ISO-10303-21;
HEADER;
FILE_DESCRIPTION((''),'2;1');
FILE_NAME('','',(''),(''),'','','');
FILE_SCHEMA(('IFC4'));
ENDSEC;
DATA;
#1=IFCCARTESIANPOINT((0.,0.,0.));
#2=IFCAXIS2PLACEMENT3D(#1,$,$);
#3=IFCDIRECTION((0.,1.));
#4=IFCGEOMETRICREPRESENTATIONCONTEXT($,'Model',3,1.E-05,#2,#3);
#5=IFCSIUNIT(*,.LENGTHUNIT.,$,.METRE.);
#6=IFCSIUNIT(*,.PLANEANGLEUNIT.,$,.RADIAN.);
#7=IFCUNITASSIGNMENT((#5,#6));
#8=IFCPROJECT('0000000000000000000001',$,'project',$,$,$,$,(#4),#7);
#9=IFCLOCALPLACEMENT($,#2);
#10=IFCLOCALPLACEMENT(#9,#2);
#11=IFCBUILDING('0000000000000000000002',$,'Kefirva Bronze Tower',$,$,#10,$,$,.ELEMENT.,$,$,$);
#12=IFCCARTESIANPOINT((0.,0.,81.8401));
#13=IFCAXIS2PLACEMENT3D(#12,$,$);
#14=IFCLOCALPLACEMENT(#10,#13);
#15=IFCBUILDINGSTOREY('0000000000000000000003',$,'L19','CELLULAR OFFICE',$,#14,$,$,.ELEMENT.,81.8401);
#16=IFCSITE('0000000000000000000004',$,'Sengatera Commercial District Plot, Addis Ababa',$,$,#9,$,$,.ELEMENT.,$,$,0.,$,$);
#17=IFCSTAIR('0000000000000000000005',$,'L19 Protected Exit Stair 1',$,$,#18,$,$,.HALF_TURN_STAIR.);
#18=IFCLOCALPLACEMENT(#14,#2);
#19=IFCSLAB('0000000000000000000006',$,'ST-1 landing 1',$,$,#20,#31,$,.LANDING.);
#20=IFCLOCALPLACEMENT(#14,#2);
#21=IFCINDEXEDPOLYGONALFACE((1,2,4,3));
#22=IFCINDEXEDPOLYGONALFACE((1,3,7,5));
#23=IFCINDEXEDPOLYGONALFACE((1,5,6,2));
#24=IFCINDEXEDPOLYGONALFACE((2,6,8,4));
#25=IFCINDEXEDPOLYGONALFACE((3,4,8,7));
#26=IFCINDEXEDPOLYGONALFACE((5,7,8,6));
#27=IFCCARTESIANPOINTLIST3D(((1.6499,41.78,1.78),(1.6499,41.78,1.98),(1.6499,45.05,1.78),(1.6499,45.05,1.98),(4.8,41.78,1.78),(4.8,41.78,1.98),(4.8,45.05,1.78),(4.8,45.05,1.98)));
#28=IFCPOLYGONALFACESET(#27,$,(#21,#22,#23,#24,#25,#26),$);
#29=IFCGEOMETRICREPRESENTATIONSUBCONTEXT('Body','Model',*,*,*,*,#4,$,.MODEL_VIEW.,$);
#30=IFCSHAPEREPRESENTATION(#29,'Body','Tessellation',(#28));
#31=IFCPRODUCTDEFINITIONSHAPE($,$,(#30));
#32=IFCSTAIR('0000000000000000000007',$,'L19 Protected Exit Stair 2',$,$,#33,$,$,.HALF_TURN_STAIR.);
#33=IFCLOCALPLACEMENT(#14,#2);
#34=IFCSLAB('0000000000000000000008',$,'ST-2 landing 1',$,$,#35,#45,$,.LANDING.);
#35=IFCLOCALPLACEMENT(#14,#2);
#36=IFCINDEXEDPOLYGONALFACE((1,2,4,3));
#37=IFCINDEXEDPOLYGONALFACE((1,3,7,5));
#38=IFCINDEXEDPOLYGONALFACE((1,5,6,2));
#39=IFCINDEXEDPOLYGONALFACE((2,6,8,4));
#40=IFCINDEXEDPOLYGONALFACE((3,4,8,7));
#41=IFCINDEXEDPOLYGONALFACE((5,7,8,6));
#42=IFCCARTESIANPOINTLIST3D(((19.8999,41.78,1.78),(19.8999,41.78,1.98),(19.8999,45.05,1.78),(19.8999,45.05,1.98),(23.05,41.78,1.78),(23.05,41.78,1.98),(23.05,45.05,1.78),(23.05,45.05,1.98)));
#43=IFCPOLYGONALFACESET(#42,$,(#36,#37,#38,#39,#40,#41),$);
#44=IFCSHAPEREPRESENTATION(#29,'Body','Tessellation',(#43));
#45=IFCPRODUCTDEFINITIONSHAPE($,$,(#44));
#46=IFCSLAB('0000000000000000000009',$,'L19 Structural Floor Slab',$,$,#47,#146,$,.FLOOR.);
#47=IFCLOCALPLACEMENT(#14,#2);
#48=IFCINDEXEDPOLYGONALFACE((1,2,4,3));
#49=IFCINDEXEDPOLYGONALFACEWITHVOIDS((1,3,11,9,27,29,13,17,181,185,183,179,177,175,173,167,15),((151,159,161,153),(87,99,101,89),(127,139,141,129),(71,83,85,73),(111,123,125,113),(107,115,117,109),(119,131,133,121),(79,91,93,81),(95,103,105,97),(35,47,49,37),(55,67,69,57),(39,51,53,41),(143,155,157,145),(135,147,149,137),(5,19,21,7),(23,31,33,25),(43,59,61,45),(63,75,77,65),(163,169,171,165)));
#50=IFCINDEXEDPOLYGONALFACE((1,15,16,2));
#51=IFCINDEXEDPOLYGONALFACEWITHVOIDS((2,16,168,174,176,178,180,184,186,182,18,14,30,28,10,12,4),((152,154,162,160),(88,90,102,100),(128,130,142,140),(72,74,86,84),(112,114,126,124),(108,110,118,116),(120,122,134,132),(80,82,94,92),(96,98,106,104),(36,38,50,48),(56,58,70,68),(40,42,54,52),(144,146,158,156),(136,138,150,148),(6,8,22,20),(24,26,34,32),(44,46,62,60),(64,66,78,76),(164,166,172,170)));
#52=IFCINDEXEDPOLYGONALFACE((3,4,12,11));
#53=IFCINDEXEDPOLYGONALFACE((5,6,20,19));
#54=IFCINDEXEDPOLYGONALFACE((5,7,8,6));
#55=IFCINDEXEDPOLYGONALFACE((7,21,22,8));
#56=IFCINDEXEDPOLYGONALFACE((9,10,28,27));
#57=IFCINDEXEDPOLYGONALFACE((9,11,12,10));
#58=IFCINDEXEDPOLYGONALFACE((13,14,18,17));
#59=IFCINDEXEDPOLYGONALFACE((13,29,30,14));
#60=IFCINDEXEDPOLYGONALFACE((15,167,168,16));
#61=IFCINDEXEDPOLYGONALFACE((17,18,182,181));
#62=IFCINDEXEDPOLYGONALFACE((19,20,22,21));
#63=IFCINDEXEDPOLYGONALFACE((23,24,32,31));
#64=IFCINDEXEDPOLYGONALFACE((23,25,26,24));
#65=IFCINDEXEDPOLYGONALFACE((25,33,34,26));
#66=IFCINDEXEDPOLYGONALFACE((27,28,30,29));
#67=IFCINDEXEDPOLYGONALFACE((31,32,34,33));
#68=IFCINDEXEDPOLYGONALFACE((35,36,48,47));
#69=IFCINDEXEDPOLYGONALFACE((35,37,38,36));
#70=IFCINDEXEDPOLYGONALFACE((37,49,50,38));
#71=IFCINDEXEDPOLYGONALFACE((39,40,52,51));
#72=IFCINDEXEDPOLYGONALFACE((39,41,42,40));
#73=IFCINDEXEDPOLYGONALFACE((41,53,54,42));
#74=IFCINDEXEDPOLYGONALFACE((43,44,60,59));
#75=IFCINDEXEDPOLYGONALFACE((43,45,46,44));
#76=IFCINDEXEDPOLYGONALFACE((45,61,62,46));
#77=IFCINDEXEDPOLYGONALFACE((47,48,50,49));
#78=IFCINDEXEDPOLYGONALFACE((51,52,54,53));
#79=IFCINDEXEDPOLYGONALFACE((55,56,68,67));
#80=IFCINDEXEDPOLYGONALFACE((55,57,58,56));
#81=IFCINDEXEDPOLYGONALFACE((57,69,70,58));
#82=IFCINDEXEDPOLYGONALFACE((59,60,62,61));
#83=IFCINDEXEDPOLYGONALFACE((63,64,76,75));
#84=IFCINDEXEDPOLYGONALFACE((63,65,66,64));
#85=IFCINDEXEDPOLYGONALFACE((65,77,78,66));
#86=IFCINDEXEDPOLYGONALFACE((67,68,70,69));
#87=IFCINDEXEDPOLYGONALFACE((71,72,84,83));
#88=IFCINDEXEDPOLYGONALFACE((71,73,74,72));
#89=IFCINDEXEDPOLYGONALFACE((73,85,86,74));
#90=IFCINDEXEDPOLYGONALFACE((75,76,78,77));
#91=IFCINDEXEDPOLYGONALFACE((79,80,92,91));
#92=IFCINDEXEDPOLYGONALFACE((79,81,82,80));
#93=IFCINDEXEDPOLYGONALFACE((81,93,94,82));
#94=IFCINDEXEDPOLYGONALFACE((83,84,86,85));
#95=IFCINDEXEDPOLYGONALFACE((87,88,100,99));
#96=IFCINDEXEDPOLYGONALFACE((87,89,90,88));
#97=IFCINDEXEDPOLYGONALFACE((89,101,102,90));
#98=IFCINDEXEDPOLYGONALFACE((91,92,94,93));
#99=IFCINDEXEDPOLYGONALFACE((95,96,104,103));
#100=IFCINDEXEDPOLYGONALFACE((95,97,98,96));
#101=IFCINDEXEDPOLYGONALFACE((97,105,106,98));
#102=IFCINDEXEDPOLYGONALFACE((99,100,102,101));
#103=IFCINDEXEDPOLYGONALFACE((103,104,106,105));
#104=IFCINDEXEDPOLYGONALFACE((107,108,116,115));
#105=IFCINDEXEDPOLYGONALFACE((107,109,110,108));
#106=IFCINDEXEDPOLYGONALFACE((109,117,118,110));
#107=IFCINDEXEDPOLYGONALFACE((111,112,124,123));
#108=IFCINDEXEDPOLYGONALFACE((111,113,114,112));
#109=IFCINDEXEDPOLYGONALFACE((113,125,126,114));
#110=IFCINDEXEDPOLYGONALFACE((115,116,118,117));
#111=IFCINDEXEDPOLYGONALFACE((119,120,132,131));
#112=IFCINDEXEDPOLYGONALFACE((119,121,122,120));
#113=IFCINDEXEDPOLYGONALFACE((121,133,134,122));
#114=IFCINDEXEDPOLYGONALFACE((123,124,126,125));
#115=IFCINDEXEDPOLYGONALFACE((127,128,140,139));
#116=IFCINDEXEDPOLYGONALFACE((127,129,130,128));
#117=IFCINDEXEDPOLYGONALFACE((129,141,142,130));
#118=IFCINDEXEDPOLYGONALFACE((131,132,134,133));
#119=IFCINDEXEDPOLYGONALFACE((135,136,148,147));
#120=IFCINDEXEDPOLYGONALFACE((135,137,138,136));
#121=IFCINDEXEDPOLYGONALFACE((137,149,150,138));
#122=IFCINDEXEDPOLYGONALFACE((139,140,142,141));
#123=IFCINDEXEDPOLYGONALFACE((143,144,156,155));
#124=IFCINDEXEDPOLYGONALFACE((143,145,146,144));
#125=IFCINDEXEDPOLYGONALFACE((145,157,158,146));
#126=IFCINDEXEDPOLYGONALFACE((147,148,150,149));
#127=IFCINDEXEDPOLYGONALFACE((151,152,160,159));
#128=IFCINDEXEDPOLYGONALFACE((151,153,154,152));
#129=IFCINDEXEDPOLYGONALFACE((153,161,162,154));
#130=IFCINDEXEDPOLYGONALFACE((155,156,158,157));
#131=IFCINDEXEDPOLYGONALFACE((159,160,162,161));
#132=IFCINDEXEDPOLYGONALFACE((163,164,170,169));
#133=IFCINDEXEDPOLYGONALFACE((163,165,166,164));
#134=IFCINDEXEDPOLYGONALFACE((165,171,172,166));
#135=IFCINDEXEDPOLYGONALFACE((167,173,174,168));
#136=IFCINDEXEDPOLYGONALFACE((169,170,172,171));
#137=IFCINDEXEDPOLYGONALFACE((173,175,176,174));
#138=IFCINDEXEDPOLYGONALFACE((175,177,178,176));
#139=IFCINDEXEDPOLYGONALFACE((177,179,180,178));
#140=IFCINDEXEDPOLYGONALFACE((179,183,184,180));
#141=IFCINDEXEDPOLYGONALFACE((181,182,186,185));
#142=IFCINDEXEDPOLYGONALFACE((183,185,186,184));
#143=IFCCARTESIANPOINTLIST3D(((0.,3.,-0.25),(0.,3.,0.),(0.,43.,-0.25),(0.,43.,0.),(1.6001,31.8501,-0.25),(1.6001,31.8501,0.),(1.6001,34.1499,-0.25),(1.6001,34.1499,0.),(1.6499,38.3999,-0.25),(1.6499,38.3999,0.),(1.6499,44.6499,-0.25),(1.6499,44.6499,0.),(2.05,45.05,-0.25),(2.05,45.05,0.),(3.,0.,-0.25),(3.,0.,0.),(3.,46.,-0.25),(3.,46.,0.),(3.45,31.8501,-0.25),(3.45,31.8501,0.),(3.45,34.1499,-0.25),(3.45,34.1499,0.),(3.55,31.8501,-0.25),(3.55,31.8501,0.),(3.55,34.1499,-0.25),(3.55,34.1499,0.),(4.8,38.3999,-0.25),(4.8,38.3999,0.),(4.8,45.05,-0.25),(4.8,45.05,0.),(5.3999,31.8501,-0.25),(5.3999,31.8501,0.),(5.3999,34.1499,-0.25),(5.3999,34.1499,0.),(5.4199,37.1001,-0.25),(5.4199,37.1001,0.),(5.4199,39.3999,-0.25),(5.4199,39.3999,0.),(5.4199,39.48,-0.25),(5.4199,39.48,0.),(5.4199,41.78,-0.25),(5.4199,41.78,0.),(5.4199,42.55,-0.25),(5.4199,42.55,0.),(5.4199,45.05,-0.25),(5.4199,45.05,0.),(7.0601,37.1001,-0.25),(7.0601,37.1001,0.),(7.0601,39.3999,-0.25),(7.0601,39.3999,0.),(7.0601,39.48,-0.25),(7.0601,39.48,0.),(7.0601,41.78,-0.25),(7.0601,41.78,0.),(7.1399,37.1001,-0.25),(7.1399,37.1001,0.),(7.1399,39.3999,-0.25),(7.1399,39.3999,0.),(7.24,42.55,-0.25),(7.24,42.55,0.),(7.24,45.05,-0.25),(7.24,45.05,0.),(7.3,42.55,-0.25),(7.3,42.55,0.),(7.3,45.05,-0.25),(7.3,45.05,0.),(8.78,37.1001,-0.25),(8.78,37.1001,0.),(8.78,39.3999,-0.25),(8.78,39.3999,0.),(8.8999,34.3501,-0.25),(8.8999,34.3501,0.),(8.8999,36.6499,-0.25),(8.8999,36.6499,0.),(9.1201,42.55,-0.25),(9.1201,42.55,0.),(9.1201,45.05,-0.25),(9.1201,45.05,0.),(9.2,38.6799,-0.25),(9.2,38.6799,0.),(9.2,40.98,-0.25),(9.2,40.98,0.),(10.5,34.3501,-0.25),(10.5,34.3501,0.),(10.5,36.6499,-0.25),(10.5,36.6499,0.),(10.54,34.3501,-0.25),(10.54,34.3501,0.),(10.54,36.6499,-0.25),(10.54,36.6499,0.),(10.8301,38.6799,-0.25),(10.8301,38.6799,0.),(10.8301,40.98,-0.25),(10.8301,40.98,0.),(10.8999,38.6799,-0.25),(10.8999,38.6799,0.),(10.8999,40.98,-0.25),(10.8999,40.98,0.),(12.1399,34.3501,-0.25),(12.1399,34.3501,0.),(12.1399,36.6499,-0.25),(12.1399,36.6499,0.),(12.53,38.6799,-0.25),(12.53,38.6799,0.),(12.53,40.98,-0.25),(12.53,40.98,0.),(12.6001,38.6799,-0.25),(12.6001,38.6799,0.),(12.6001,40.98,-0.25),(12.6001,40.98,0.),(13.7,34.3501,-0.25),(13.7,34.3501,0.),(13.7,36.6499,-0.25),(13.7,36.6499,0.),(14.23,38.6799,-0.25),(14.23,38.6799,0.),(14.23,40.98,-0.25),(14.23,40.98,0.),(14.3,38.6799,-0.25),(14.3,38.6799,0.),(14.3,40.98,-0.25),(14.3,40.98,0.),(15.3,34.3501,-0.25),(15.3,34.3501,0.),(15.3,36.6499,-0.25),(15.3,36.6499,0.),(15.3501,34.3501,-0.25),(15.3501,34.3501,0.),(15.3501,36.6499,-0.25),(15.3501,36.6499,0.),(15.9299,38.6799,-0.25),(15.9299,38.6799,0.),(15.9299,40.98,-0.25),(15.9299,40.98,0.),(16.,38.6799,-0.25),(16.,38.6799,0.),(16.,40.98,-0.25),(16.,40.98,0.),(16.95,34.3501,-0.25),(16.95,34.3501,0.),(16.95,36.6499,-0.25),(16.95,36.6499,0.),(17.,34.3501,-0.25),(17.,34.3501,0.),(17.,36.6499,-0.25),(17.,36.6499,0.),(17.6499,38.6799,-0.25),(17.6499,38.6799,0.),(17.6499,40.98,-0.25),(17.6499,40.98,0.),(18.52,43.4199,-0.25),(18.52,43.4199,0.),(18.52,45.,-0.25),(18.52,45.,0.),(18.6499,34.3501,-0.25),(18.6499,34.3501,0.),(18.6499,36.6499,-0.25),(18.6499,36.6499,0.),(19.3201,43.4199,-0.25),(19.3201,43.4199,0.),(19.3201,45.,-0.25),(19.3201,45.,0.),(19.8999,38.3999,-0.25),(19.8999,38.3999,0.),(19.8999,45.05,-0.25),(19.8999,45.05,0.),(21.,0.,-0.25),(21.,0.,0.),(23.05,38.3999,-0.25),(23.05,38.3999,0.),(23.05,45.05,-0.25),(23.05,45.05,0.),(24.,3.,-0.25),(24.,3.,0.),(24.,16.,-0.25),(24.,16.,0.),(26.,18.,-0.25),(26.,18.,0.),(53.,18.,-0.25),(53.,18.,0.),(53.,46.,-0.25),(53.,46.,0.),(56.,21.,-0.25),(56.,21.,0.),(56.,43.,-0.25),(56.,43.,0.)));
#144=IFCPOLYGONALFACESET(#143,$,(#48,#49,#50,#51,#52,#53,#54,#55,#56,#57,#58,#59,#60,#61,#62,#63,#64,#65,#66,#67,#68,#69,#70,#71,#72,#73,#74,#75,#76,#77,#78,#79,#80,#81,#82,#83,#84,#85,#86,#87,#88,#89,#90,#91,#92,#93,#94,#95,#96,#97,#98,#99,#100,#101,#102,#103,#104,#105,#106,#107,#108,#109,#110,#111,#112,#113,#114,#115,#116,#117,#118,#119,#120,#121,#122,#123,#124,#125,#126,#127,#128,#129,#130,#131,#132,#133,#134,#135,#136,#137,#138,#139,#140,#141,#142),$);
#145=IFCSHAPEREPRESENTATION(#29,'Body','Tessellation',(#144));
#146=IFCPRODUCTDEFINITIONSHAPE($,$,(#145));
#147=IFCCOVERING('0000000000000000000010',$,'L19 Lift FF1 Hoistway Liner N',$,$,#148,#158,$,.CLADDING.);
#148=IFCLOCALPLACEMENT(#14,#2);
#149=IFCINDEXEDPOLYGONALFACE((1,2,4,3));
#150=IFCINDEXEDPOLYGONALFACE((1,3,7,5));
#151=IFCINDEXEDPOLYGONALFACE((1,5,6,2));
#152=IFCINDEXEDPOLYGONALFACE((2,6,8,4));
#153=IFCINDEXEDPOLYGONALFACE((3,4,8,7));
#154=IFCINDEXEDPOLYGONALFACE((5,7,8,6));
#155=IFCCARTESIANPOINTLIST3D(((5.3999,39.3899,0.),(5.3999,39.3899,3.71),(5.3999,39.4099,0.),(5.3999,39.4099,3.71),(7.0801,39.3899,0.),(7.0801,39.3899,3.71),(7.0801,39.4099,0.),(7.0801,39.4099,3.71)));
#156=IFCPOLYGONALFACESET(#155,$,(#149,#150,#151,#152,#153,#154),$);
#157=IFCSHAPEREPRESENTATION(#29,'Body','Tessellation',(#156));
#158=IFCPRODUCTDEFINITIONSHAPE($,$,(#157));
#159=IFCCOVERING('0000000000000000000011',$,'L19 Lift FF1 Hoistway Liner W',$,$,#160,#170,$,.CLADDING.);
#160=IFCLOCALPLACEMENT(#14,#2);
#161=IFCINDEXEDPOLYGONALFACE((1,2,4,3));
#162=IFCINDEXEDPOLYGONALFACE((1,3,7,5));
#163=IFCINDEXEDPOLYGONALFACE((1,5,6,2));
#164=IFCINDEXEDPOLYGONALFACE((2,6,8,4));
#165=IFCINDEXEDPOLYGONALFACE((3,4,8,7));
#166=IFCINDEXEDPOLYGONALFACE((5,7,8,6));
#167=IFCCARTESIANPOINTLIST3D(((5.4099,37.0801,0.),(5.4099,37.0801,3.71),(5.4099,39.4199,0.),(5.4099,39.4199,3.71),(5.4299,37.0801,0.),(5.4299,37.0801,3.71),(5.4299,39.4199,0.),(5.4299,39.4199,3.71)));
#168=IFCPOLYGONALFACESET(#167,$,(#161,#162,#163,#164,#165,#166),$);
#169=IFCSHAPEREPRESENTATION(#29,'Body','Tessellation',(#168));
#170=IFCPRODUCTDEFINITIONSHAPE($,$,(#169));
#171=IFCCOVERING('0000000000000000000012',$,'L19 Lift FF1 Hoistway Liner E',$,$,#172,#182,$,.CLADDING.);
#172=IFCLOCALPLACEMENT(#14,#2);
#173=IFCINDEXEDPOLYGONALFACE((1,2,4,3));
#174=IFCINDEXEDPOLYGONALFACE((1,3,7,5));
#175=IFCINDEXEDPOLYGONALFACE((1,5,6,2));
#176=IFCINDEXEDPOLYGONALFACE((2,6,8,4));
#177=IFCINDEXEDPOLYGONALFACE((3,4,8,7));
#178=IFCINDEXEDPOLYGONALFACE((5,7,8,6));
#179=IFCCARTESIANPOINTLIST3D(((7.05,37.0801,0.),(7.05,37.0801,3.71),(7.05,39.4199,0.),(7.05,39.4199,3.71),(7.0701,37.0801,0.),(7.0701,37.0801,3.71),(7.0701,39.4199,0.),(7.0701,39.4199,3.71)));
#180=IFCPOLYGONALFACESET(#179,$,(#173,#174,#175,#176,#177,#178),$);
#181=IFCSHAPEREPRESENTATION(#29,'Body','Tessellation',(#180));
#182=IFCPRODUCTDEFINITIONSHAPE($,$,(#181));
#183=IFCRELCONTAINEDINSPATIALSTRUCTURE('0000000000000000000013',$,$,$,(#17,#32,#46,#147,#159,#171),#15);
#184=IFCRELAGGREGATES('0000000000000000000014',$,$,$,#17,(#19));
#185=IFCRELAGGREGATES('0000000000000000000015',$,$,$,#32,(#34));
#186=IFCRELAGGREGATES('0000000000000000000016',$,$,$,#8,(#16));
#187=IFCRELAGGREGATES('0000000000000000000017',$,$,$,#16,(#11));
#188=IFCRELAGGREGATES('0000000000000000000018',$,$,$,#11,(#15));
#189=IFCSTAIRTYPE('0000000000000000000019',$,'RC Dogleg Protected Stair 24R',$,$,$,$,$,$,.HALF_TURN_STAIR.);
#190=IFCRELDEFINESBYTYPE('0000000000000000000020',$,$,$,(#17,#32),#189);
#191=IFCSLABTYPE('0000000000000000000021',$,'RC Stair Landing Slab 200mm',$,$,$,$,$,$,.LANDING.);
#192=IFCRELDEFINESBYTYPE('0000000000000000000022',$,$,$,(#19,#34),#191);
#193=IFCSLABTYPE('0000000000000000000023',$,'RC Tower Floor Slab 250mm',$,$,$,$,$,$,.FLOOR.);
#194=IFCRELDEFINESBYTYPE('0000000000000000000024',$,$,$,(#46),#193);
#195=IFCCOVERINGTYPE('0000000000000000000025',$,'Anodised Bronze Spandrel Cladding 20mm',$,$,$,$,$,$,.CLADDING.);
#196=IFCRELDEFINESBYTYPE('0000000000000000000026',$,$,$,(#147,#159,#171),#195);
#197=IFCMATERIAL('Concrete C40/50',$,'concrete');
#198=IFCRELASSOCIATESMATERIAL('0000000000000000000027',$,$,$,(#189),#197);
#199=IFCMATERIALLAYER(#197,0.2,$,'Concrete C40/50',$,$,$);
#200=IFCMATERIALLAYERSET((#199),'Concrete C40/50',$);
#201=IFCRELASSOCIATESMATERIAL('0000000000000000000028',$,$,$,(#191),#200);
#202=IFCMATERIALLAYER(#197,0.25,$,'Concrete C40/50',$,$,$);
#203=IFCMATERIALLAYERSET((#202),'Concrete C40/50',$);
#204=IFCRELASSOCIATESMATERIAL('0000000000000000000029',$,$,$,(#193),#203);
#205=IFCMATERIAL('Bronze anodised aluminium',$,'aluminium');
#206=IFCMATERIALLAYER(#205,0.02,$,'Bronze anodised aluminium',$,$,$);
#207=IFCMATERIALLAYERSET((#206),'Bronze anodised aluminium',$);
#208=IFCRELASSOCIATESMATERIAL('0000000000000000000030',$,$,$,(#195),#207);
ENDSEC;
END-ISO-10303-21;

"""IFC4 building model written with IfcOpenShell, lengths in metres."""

from ifc_helpers import new_model, si_unit, direction, frame, origin, place, context, subcontext, project, spatial, polyline, outline, extrude, material, layer, layer_set, type_object, element, aggregate, save


model = new_model("IFC4")

# Units and contexts
model_context = context("Model", 3, precision=1e-05, world=origin(), true_north=direction((0.0, 1.0)))
body_context = subcontext(model_context, "Body", "Model", "MODEL_VIEW")
ifc_project = project(units=[si_unit("LENGTHUNIT", "METRE"), si_unit("PLANEANGLEUNIT", "RADIAN")], contexts=[model_context])

# Site, building, storey
site_placement = place(None, origin())
site = spatial("IfcSite", under=ifc_project, at=site_placement, Name="Sengatera Commercial District Plot, Addis Ababa", CompositionType="ELEMENT", RefElevation=0.0)
building_placement = place(site_placement, origin())
building = spatial("IfcBuilding", under=site, at=building_placement, Name="Kefirva Bronze Tower", CompositionType="ELEMENT")
storey_placement = place(building_placement, frame((0.0, 0.0, 81.8401)))
storey = spatial("IfcBuildingStorey", under=building, at=storey_placement, Name="L19", Description="CELLULAR OFFICE", CompositionType="ELEMENT", Elevation=81.8401)

# Stairs, slabs
ifc_material_1 = material(Name="Concrete C40/50", Category="concrete")
stair_type = type_object("IfcStairType", Name="RC Dogleg Protected Stair 24R", PredefinedType="HALF_TURN_STAIR", material=ifc_material_1)
stair_1_placement = place(storey_placement, origin())
stair_1 = element("IfcStair", 1, at=stair_1_placement, inside=storey, type_object=stair_type, Name="L19 Protected Exit Stair 1", PredefinedType="HALF_TURN_STAIR")
ifc_layer_1 = layer(ifc_material_1, 0.2, Name="Concrete C40/50")
ifc_layer_set_1 = layer_set([ifc_layer_1], Name="Concrete C40/50")
slab_type_1 = type_object("IfcSlabType", Name="RC Stair Landing Slab 200mm", PredefinedType="LANDING", material=ifc_layer_set_1)
slab_1_placement = place(storey_placement, frame((0.0, 0.0, 1.78)))
slab_1 = element("IfcSlab", 2, at=slab_1_placement, type_object=slab_type_1, Name="ST-1 landing 1", PredefinedType="LANDING", context=body_context, shape_type="SweptSolid", body=[
    extrude(outline(polyline([(4.8, 41.78), (4.8, 45.05), (1.6499, 45.05), (1.6499, 41.78), (4.8, 41.78)])), origin(), (0.0, 0.0, 1.0), 0.2),
])
aggregate(stair_1, [slab_1])
stair_2_placement = place(storey_placement, origin())
stair_2 = element("IfcStair", 3, at=stair_2_placement, inside=storey, type_object=stair_type, Name="L19 Protected Exit Stair 2", PredefinedType="HALF_TURN_STAIR")
slab_2_placement = place(storey_placement, frame((0.0, 0.0, 1.78)))
slab_2 = element("IfcSlab", 4, at=slab_2_placement, type_object=slab_type_1, Name="ST-2 landing 1", PredefinedType="LANDING", context=body_context, shape_type="SweptSolid", body=[
    extrude(outline(polyline([(23.05, 41.78), (23.05, 45.05), (19.8999, 45.05), (19.8999, 41.78), (23.05, 41.78)])), origin(), (0.0, 0.0, 1.0), 0.2),
])
aggregate(stair_2, [slab_2])

# Slab
ifc_layer_2 = layer(ifc_material_1, 0.25, Name="Concrete C40/50")
ifc_layer_set_2 = layer_set([ifc_layer_2], Name="Concrete C40/50")
slab_type_2 = type_object("IfcSlabType", Name="RC Tower Floor Slab 250mm", PredefinedType="FLOOR", material=ifc_layer_set_2)
slab_3_placement = place(storey_placement, frame((0.0, 0.0, -0.25)))
element("IfcSlab", 5, at=slab_3_placement, inside=storey, type_object=slab_type_2, Name="L19 Structural Floor Slab", PredefinedType="FLOOR", context=body_context, shape_type="SweptSolid", body=[
    extrude(outline(polyline([(0.0, 3.0), (0.0, 43.0), (1.6499, 44.6499), (1.6499, 38.3999), (4.8, 38.3999), (4.8, 45.05), (2.05, 45.05), (3.0, 46.0), (53.0, 46.0), (56.0, 43.0), (56.0, 21.0), (53.0, 18.0), (26.0, 18.0), (24.0, 16.0), (24.0, 3.0), (21.0, 0.0), (3.0, 0.0), (0.0, 3.0)]), holes=[polyline([(19.8999, 38.3999), (23.05, 38.3999), (23.05, 45.05), (19.8999, 45.05), (19.8999, 38.3999)]), polyline([(18.52, 43.4199), (19.3201, 43.4199), (19.3201, 45.0), (18.52, 45.0), (18.52, 43.4199)]), polyline([(17.0, 34.3501), (18.6499, 34.3501), (18.6499, 36.6499), (17.0, 36.6499), (17.0, 34.3501)]), polyline([(17.6499, 38.6799), (17.6499, 40.98), (16.0, 40.98), (16.0, 38.6799), (17.6499, 38.6799)]), polyline([(16.95, 34.3501), (16.95, 36.6499), (15.3501, 36.6499), (15.3501, 34.3501), (16.95, 34.3501)]), polyline([(15.9299, 38.6799), (15.9299, 40.98), (14.3, 40.98), (14.3, 38.6799), (15.9299, 38.6799)]), polyline([(15.3, 34.3501), (15.3, 36.6499), (13.7, 36.6499), (13.7, 34.3501), (15.3, 34.3501)]), polyline([(14.23, 38.6799), (14.23, 40.98), (12.6001, 40.98), (12.6001, 38.6799), (14.23, 38.6799)]), polyline([(10.8999, 38.6799), (12.53, 38.6799), (12.53, 40.98), (10.8999, 40.98), (10.8999, 38.6799)]), polyline([(12.1399, 34.3501), (12.1399, 36.6499), (10.54, 36.6499), (10.54, 34.3501), (12.1399, 34.3501)]), polyline([(10.8301, 38.6799), (10.8301, 40.98), (9.2, 40.98), (9.2, 38.6799), (10.8301, 38.6799)]), polyline([(10.5, 34.3501), (10.5, 36.6499), (8.8999, 36.6499), (8.8999, 34.3501), (10.5, 34.3501)]), polyline([(7.3, 42.55), (9.1201, 42.55), (9.1201, 45.05), (7.3, 45.05), (7.3, 42.55)]), polyline([(7.1399, 37.1001), (8.78, 37.1001), (8.78, 39.3999), (7.1399, 39.3999), (7.1399, 37.1001)]), polyline([(5.4199, 42.55), (7.24, 42.55), (7.24, 45.05), (5.4199, 45.05), (5.4199, 42.55)]), polyline([(7.0601, 39.48), (7.0601, 41.78), (5.4199, 41.78), (5.4199, 39.48), (7.0601, 39.48)]), polyline([(5.4199, 37.1001), (7.0601, 37.1001), (7.0601, 39.3999), (5.4199, 39.3999), (5.4199, 37.1001)]), polyline([(5.3999, 31.8501), (5.3999, 34.1499), (3.55, 34.1499), (3.55, 31.8501), (5.3999, 31.8501)]), polyline([(3.45, 31.8501), (3.45, 34.1499), (1.6001, 34.1499), (1.6001, 31.8501), (3.45, 31.8501)])]), origin(), (0.0, 0.0, 1.0), 0.25),
])

# Coverings
ifc_material_2 = material(Name="Bronze anodised aluminium", Category="aluminium")
ifc_layer_3 = layer(ifc_material_2, 0.02, Name="Bronze anodised aluminium")
ifc_layer_set_3 = layer_set([ifc_layer_3], Name="Bronze anodised aluminium")
covering_type = type_object("IfcCoveringType", Name="Anodised Bronze Spandrel Cladding 20mm", PredefinedType="CLADDING", material=ifc_layer_set_3)
covering_1_placement = place(storey_placement, origin())
element("IfcCovering", 6, at=covering_1_placement, inside=storey, type_object=covering_type, Name="L19 Lift FF1 Hoistway Liner N", PredefinedType="CLADDING", context=body_context, shape_type="SweptSolid", body=[
    extrude(outline(polyline([(5.3999, 39.3899), (7.0801, 39.3899), (7.0801, 39.4099), (5.3999, 39.4099), (5.3999, 39.3899)])), origin(), (0.0, 0.0, 1.0), 3.71),
])
covering_2_placement = place(storey_placement, origin())
element("IfcCovering", 7, at=covering_2_placement, inside=storey, type_object=covering_type, Name="L19 Lift FF1 Hoistway Liner W", PredefinedType="CLADDING", context=body_context, shape_type="SweptSolid", body=[
    extrude(outline(polyline([(5.4099, 37.0801), (5.4299, 37.0801), (5.4299, 39.4199), (5.4099, 39.4199), (5.4099, 37.0801)])), origin(), (0.0, 0.0, 1.0), 3.71),
])
covering_3_placement = place(storey_placement, origin())
element("IfcCovering", 8, at=covering_3_placement, inside=storey, type_object=covering_type, Name="L19 Lift FF1 Hoistway Liner E", PredefinedType="CLADDING", context=body_context, shape_type="SweptSolid", body=[
    extrude(outline(polyline([(7.05, 37.0801), (7.0701, 37.0801), (7.0701, 39.4199), (7.05, 39.4199), (7.05, 37.0801)])), origin(), (0.0, 0.0, 1.0), 3.71),
])

save(model, "model.ifc")
